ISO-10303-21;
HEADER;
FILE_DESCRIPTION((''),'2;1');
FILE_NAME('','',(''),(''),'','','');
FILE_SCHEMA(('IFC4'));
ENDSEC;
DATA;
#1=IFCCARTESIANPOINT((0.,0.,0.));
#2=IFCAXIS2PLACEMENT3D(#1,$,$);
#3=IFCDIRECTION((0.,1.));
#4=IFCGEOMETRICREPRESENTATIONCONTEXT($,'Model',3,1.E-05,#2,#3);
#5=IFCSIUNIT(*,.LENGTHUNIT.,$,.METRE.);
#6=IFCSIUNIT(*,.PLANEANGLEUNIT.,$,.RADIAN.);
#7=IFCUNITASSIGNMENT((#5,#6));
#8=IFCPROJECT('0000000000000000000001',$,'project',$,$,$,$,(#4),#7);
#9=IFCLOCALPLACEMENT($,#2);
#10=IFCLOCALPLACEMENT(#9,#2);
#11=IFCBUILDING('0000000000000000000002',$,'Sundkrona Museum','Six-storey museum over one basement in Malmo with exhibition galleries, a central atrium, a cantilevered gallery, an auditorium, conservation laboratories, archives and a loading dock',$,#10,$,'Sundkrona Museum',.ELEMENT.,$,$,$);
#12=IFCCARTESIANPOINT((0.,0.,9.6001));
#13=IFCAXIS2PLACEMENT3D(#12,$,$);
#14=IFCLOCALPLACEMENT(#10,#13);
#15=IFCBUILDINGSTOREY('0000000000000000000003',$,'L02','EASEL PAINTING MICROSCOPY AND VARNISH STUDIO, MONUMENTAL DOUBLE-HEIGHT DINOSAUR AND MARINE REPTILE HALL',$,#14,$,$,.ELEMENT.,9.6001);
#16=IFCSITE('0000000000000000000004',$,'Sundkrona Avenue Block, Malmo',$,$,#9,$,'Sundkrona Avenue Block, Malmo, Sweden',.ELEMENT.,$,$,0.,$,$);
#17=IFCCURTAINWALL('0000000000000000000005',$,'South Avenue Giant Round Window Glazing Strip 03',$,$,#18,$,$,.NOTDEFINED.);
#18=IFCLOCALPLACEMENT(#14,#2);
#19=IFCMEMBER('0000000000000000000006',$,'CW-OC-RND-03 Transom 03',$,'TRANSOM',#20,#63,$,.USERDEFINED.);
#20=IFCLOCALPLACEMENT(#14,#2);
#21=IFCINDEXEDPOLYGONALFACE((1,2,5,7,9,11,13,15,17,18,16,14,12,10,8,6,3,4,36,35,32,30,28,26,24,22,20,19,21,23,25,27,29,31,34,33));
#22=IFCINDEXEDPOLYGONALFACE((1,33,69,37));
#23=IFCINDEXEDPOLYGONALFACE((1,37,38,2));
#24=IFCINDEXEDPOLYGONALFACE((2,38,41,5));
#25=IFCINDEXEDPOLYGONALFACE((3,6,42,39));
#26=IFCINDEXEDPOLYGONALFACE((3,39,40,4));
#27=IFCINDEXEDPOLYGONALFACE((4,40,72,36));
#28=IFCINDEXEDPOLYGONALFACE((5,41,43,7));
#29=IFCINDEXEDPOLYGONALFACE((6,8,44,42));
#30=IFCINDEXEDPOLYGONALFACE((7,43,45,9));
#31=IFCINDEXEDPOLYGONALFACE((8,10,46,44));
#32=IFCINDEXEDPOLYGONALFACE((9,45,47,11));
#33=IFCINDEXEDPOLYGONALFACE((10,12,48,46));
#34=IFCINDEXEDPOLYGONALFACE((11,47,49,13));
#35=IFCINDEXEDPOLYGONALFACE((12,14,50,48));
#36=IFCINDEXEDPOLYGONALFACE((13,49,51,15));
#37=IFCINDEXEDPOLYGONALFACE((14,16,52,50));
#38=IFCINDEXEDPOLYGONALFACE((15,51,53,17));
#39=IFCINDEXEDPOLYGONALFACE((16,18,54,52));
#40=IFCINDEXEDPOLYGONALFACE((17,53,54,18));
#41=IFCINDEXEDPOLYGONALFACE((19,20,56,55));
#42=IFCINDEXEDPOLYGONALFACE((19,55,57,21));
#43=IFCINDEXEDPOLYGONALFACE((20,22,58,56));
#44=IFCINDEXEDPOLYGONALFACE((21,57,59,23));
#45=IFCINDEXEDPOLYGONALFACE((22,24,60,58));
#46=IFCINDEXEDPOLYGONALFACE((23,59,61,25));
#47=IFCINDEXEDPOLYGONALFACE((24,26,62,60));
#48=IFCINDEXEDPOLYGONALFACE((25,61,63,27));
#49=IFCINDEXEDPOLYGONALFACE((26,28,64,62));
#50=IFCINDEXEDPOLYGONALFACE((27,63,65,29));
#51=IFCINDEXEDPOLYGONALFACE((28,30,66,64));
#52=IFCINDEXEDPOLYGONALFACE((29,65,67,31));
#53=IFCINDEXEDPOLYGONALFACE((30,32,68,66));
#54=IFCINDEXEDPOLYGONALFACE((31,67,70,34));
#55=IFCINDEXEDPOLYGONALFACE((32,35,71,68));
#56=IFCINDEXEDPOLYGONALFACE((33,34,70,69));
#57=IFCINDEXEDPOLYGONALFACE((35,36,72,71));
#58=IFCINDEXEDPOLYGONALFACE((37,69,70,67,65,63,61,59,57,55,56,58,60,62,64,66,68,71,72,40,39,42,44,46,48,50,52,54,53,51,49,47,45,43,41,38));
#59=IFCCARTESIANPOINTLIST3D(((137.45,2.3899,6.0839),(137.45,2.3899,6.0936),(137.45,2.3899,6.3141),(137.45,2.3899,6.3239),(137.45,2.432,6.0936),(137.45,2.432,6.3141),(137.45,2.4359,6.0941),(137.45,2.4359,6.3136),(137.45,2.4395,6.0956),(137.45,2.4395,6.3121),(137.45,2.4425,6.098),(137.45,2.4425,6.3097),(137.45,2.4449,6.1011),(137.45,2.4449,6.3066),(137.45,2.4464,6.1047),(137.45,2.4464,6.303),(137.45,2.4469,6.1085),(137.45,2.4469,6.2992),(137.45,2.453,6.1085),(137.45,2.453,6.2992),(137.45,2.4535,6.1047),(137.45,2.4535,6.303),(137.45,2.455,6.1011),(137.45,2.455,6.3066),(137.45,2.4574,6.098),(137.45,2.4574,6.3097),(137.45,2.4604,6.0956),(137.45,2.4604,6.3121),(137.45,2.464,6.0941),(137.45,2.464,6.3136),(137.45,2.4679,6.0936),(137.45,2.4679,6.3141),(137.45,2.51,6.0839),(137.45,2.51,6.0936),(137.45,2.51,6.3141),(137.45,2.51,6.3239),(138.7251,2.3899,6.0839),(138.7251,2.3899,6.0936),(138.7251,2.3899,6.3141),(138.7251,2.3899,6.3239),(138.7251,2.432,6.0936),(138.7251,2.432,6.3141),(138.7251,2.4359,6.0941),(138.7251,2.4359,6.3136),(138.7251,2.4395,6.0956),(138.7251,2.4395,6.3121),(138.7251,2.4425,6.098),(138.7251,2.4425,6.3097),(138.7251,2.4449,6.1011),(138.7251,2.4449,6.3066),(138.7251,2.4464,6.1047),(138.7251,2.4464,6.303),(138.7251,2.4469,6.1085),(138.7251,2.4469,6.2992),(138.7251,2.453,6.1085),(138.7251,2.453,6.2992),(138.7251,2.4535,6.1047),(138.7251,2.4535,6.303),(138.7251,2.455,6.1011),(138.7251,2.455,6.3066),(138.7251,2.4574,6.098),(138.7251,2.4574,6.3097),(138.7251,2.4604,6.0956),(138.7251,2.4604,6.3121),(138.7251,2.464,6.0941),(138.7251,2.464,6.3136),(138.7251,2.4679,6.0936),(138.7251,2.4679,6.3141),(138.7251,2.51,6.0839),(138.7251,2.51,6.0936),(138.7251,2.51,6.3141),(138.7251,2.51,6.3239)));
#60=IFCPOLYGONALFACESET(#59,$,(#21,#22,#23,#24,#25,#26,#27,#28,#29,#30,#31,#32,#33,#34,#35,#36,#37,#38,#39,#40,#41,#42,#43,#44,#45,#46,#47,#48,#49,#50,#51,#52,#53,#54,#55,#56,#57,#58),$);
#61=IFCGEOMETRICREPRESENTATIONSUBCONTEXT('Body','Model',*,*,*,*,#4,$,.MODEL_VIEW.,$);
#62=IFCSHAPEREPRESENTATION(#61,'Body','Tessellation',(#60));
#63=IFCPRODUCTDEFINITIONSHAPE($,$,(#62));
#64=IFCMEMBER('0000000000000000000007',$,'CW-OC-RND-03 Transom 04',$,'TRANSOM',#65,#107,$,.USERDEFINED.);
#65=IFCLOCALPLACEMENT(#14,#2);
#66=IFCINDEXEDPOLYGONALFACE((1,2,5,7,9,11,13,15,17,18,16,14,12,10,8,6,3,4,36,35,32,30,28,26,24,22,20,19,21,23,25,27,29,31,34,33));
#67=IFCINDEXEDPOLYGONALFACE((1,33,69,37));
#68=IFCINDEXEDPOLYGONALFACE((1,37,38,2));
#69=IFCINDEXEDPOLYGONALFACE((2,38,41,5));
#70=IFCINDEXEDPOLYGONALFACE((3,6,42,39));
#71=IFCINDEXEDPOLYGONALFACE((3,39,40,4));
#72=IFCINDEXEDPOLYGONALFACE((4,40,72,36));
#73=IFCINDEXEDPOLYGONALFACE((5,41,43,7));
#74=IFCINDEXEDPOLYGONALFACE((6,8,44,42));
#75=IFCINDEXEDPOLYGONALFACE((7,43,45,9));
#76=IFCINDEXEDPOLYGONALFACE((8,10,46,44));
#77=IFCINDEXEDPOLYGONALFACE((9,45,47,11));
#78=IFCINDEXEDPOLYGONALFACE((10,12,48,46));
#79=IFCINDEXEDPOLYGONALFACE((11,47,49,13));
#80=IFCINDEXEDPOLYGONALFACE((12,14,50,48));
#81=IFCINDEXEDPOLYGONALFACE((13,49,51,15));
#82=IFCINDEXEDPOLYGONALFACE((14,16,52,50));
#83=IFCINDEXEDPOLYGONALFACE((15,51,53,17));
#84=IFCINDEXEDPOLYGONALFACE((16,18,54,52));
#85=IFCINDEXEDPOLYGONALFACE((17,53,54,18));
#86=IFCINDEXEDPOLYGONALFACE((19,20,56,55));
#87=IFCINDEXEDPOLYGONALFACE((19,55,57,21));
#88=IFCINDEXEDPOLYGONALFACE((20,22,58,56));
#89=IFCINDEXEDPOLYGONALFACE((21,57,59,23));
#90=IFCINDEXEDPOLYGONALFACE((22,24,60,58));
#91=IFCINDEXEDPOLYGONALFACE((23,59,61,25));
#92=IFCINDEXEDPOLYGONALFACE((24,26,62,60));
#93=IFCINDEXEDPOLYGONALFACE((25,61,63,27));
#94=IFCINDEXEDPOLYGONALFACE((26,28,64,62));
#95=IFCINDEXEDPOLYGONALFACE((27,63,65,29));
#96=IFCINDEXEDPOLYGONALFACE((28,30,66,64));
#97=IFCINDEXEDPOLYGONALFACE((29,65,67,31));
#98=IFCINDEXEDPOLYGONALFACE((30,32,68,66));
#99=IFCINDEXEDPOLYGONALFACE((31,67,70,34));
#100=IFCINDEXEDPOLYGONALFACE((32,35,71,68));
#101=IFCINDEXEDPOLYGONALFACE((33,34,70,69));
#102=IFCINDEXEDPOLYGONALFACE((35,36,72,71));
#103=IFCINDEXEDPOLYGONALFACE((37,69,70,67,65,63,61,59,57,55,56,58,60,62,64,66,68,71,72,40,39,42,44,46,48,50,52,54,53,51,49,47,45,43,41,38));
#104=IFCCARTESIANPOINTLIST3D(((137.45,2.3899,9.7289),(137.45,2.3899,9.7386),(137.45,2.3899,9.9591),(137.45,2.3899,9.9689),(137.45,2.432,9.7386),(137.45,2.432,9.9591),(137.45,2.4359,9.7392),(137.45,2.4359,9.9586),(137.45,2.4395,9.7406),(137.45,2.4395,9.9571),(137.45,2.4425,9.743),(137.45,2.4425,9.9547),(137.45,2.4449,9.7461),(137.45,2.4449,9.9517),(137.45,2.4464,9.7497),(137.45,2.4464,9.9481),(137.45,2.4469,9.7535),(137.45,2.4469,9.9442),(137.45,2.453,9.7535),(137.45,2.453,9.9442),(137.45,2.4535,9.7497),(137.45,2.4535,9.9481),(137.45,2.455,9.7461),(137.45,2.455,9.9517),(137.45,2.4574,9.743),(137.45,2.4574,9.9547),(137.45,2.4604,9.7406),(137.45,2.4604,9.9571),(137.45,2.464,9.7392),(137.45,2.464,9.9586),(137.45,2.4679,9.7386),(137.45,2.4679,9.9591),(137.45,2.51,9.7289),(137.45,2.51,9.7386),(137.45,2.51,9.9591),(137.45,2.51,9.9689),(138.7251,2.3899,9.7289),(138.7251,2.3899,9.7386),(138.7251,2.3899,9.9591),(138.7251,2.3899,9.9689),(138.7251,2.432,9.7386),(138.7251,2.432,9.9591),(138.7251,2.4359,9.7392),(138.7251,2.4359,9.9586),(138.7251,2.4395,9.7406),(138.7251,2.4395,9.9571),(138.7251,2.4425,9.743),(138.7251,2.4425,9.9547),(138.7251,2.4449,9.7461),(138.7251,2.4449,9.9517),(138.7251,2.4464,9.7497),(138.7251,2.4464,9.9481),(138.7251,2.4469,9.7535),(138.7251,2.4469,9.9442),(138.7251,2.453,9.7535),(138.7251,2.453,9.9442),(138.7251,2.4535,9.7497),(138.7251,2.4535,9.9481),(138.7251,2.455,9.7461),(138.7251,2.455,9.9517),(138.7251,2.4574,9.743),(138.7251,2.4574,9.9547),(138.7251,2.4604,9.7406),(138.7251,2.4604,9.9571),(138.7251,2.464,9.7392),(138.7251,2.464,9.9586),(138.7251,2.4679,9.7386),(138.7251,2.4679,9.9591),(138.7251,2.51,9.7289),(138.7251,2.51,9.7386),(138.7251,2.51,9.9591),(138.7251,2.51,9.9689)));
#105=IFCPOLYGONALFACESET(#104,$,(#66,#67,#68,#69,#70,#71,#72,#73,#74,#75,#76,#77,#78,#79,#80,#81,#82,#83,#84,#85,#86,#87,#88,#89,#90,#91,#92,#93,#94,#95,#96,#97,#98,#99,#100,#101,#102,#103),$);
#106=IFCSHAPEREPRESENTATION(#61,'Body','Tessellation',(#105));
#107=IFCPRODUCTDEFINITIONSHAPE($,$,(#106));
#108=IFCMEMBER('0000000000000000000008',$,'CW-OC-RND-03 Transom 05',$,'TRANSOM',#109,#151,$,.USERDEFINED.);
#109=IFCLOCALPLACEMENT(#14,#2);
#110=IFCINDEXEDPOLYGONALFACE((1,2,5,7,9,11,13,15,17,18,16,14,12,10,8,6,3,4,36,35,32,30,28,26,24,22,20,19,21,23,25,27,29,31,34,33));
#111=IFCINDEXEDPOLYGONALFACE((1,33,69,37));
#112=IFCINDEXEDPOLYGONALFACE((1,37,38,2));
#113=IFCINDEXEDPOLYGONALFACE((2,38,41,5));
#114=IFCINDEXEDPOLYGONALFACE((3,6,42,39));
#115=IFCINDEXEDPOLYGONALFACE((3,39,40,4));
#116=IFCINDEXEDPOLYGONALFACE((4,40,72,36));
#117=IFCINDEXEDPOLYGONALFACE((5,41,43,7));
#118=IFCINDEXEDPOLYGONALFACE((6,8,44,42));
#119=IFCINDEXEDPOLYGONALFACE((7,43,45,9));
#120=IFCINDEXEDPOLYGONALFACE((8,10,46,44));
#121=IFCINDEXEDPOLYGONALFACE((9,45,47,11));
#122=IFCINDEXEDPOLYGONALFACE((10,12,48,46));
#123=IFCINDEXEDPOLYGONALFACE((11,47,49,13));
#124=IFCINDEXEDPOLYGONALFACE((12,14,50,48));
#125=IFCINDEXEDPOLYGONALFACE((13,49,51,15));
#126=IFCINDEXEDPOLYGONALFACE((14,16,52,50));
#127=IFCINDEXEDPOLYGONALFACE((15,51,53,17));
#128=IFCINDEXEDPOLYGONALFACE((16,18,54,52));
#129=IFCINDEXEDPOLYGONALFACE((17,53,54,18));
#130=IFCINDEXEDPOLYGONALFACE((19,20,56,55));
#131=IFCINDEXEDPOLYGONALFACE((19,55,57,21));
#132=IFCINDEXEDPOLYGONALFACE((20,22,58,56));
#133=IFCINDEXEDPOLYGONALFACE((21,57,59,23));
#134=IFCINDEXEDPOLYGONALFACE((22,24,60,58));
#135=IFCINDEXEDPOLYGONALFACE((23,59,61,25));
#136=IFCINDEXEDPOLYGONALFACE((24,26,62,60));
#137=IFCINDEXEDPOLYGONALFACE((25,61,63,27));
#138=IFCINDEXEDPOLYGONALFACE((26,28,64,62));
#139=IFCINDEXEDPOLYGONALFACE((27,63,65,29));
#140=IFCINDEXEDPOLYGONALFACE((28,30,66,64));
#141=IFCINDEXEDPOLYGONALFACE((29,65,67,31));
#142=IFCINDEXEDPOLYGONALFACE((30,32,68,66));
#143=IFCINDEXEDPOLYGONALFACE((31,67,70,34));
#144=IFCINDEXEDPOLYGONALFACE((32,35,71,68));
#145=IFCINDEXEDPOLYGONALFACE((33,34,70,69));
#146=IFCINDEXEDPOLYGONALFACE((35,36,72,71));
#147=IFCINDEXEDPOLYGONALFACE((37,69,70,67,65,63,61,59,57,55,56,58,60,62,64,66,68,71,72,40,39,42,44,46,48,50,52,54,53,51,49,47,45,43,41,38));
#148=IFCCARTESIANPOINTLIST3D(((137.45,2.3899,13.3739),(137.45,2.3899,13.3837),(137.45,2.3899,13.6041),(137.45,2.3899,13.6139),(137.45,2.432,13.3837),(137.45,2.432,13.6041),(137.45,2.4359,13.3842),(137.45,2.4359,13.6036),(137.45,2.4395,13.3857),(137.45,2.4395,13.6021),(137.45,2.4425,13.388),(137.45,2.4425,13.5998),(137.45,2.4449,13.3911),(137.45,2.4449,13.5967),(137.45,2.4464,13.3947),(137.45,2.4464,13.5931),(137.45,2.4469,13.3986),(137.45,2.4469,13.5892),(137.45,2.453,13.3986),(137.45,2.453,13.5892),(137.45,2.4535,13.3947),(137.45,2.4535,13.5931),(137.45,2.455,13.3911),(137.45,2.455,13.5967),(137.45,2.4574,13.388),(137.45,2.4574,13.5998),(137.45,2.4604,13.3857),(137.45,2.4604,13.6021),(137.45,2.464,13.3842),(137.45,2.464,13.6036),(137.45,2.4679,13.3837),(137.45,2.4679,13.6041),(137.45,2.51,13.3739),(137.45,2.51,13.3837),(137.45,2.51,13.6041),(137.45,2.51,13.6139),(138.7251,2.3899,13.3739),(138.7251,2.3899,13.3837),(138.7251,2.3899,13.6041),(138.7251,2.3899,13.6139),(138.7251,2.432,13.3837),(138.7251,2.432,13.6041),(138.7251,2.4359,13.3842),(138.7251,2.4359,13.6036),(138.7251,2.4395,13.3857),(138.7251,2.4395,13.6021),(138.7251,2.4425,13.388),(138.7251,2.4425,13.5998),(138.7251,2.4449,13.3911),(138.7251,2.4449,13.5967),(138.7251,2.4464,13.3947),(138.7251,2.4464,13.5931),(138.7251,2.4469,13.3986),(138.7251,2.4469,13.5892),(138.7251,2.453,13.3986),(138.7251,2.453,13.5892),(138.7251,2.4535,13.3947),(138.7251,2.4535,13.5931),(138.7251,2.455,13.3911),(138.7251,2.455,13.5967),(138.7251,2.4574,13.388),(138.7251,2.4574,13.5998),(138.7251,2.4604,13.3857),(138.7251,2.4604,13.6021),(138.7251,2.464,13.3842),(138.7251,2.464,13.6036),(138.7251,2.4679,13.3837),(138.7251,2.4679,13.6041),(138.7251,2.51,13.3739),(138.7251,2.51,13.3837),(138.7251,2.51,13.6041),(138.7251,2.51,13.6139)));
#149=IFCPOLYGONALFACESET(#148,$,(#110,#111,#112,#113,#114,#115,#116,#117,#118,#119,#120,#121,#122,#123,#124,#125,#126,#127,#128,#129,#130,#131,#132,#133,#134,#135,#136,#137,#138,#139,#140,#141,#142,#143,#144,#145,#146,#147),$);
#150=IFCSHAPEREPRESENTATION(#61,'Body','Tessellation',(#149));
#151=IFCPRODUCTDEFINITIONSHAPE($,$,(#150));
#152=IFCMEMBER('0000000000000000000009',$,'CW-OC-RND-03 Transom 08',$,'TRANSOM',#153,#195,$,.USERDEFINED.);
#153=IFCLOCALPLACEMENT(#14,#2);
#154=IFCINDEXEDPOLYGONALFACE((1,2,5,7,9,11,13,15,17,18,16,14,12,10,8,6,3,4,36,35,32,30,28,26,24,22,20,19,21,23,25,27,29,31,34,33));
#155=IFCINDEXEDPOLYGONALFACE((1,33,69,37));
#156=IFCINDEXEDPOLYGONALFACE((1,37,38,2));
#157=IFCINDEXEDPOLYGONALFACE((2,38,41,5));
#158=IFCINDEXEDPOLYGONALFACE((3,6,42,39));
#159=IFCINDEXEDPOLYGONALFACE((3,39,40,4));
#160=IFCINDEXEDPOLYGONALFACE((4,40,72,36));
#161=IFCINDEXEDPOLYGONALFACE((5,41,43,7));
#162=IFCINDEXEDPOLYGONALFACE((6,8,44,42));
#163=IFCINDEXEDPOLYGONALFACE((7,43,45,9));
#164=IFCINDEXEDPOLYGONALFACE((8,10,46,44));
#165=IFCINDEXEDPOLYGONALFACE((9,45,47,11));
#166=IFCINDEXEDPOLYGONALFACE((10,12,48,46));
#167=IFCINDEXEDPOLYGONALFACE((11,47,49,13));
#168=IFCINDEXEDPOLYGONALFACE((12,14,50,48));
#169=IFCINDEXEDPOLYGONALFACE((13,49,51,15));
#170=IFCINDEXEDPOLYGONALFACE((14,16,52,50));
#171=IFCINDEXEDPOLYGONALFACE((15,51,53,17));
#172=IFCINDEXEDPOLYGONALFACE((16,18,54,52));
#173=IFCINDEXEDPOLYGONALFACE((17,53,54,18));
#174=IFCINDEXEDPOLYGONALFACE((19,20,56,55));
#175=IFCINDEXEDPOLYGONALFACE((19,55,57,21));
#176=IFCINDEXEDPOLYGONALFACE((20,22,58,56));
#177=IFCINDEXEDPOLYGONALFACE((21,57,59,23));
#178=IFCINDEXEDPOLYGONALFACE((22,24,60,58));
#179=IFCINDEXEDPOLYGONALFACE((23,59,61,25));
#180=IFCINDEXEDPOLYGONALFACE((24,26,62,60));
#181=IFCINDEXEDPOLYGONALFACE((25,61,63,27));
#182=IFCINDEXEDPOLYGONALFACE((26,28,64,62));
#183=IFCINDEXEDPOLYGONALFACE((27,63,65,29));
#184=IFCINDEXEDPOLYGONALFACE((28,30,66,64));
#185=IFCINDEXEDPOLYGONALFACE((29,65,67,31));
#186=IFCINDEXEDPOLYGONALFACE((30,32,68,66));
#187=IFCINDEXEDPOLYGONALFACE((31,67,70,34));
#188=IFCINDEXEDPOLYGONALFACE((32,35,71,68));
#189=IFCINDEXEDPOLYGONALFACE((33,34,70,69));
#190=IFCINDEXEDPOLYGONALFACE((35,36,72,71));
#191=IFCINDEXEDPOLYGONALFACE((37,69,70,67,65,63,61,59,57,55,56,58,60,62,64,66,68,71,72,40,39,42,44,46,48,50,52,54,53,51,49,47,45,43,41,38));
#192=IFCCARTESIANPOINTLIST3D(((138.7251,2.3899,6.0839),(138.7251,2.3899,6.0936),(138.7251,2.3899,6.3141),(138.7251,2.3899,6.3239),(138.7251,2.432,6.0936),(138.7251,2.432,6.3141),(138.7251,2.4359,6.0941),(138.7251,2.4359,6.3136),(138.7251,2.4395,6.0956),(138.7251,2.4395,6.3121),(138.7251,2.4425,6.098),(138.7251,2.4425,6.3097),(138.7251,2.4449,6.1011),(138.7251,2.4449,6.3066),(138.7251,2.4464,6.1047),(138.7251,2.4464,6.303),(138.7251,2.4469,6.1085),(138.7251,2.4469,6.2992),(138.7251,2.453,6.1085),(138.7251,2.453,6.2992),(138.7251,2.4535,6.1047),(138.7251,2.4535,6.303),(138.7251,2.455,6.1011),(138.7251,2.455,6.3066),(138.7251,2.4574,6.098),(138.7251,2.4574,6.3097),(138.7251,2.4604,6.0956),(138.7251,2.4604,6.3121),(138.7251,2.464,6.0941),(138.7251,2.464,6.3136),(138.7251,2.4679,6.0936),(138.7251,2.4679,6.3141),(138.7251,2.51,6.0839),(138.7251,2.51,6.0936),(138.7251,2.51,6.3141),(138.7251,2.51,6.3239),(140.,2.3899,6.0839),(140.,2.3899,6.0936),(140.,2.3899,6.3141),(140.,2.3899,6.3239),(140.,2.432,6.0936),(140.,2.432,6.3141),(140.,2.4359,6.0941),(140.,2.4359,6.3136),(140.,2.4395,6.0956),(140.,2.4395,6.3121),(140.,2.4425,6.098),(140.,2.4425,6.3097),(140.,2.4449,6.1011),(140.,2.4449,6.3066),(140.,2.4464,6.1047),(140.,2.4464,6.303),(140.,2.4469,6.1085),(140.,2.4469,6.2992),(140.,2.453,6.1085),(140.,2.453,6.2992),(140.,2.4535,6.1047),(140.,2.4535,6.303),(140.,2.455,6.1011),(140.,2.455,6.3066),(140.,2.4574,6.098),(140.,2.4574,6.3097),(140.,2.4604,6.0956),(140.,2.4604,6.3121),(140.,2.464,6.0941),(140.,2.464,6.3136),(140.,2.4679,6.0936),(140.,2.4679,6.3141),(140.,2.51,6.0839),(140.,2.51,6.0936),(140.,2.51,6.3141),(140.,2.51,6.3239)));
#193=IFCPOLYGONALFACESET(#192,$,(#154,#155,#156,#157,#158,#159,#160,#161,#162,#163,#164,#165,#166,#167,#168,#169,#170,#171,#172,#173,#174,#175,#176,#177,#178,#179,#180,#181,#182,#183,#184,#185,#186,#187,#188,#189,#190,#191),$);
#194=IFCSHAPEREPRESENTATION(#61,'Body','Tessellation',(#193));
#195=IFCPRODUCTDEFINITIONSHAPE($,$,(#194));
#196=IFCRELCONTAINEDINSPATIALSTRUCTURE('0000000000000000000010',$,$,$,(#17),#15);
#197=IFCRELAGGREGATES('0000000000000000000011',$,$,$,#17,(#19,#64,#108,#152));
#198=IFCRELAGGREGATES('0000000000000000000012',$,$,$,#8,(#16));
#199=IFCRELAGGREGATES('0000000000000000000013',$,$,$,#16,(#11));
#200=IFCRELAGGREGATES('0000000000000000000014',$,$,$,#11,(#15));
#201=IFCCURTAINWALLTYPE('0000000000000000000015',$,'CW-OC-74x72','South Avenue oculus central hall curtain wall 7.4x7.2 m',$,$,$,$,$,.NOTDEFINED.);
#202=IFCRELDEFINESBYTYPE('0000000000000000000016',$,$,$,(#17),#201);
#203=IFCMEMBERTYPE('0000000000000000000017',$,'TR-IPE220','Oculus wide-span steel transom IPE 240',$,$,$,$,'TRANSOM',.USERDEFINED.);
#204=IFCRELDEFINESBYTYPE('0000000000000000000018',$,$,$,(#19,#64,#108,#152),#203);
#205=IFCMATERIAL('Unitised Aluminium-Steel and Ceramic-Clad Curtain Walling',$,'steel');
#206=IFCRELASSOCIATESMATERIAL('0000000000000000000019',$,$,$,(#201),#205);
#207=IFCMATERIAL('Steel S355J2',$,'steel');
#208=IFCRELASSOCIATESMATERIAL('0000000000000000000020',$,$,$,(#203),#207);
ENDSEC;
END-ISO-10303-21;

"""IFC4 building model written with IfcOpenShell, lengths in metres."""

from ifc_helpers import new_model, si_unit, direction, frame, origin, origin_2d, place, context, subcontext, project, spatial, i_section, extrude, material, material_profile, profile_set, type_object, element, aggregate, save


model = new_model("IFC4")

# Units and contexts
model_context = context("Model", 3, precision=1e-05, world=origin(), true_north=direction((0.0, 1.0)))
body_context = subcontext(model_context, "Body", "Model", "MODEL_VIEW")
ifc_project = project(units=[si_unit("LENGTHUNIT", "METRE"), si_unit("PLANEANGLEUNIT", "RADIAN")], contexts=[model_context])

# Site, building, storey
site_placement = place(None, origin())
site = spatial("IfcSite", under=ifc_project, at=site_placement, Name="Sundkrona Avenue Block, Malmo", LongName="Sundkrona Avenue Block, Malmo, Sweden", CompositionType="ELEMENT", RefElevation=0.0)
building_placement = place(site_placement, origin())
building = spatial("IfcBuilding", under=site, at=building_placement, Name="Sundkrona Museum", Description="Six-storey museum over one basement in Malmo with exhibition galleries, a central atrium, a cantilevered gallery, an auditorium, conservation laboratories, archives and a loading dock", LongName="Sundkrona Museum", CompositionType="ELEMENT")
storey_placement = place(building_placement, frame((0.0, 0.0, 9.6001)))
storey = spatial("IfcBuildingStorey", under=building, at=storey_placement, Name="L02", Description="EASEL PAINTING MICROSCOPY AND VARNISH STUDIO, MONUMENTAL DOUBLE-HEIGHT DINOSAUR AND MARINE REPTILE HALL", CompositionType="ELEMENT", Elevation=9.6001)

# Curtain wall, members
ifc_material_1 = material(Name="Unitised Aluminium-Steel and Ceramic-Clad Curtain Walling", Category="steel")
curtain_wall_type = type_object("IfcCurtainWallType", Name="CW-OC-74x72", Description="South Avenue oculus central hall curtain wall 7.4x7.2 m", PredefinedType="NOTDEFINED", material=ifc_material_1)
ifc_material_2 = material(Name="Steel S355J2", Category="steel")
ifc_material_profile = material_profile(ifc_material_2, i_section(OverallWidth=0.1201, OverallDepth=0.24, WebThickness=0.0061, FlangeThickness=0.0098, FilletRadius=0.0149, at=origin_2d()), Name="IPE 240")
ifc_profile_set = profile_set([ifc_material_profile], Name="Steel S355J2")
member_type = type_object("IfcMemberType", Name="TR-IPE220", Description="Oculus wide-span steel transom IPE 240", ElementType="TRANSOM", PredefinedType="USERDEFINED", material=ifc_profile_set)
curtain_wall_1_placement = place(storey_placement, origin())
curtain_wall_1 = element("IfcCurtainWall", 1, at=curtain_wall_1_placement, inside=storey, type_object=curtain_wall_type, Name="South Avenue Giant Round Window Glazing Strip 03", PredefinedType="NOTDEFINED")
member_1_placement = place(storey_placement, frame((137.45, 2.45, 6.2039), z_axis=(1.0, 0.0, 0.0), x_axis=(0.0, 1.0, 0.0)))
member_1 = element("IfcMember", 2, at=member_1_placement, type_object=member_type, Name="CW-OC-RND-03 Transom 03", ObjectType="TRANSOM", PredefinedType="USERDEFINED", context=body_context, shape_type="SweptSolid", body=[
    extrude(i_section(OverallWidth=0.1201, OverallDepth=0.24, WebThickness=0.0061, FlangeThickness=0.0098, FilletRadius=0.0149, at=origin_2d()), origin(), (0.0, 0.0, 1.0), 1.2751),
])
member_2_placement = place(storey_placement, frame((137.45, 2.45, 9.8489), z_axis=(1.0, 0.0, 0.0), x_axis=(0.0, 1.0, 0.0)))
member_2 = element("IfcMember", 3, at=member_2_placement, type_object=member_type, Name="CW-OC-RND-03 Transom 04", ObjectType="TRANSOM", PredefinedType="USERDEFINED", context=body_context, shape_type="SweptSolid", body=[
    extrude(i_section(OverallWidth=0.1201, OverallDepth=0.24, WebThickness=0.0061, FlangeThickness=0.0098, FilletRadius=0.0149, at=origin_2d()), origin(), (0.0, 0.0, 1.0), 1.2751),
])
member_3_placement = place(storey_placement, frame((137.45, 2.45, 13.4939), z_axis=(1.0, 0.0, 0.0), x_axis=(0.0, 1.0, 0.0)))
member_3 = element("IfcMember", 4, at=member_3_placement, type_object=member_type, Name="CW-OC-RND-03 Transom 05", ObjectType="TRANSOM", PredefinedType="USERDEFINED", context=body_context, shape_type="SweptSolid", body=[
    extrude(i_section(OverallWidth=0.1201, OverallDepth=0.24, WebThickness=0.0061, FlangeThickness=0.0098, FilletRadius=0.0149, at=origin_2d()), origin(), (0.0, 0.0, 1.0), 1.2751),
])
member_4_placement = place(storey_placement, frame((138.7251, 2.45, 6.2039), z_axis=(1.0, 0.0, 0.0), x_axis=(0.0, 1.0, 0.0)))
member_4 = element("IfcMember", 5, at=member_4_placement, type_object=member_type, Name="CW-OC-RND-03 Transom 08", ObjectType="TRANSOM", PredefinedType="USERDEFINED", context=body_context, shape_type="SweptSolid", body=[
    extrude(i_section(OverallWidth=0.1201, OverallDepth=0.24, WebThickness=0.0061, FlangeThickness=0.0098, FilletRadius=0.0149, at=origin_2d()), origin(), (0.0, 0.0, 1.0), 1.2749),
])

aggregate(curtain_wall_1, [member_1, member_2, member_3, member_4])

save(model, "model.ifc")
